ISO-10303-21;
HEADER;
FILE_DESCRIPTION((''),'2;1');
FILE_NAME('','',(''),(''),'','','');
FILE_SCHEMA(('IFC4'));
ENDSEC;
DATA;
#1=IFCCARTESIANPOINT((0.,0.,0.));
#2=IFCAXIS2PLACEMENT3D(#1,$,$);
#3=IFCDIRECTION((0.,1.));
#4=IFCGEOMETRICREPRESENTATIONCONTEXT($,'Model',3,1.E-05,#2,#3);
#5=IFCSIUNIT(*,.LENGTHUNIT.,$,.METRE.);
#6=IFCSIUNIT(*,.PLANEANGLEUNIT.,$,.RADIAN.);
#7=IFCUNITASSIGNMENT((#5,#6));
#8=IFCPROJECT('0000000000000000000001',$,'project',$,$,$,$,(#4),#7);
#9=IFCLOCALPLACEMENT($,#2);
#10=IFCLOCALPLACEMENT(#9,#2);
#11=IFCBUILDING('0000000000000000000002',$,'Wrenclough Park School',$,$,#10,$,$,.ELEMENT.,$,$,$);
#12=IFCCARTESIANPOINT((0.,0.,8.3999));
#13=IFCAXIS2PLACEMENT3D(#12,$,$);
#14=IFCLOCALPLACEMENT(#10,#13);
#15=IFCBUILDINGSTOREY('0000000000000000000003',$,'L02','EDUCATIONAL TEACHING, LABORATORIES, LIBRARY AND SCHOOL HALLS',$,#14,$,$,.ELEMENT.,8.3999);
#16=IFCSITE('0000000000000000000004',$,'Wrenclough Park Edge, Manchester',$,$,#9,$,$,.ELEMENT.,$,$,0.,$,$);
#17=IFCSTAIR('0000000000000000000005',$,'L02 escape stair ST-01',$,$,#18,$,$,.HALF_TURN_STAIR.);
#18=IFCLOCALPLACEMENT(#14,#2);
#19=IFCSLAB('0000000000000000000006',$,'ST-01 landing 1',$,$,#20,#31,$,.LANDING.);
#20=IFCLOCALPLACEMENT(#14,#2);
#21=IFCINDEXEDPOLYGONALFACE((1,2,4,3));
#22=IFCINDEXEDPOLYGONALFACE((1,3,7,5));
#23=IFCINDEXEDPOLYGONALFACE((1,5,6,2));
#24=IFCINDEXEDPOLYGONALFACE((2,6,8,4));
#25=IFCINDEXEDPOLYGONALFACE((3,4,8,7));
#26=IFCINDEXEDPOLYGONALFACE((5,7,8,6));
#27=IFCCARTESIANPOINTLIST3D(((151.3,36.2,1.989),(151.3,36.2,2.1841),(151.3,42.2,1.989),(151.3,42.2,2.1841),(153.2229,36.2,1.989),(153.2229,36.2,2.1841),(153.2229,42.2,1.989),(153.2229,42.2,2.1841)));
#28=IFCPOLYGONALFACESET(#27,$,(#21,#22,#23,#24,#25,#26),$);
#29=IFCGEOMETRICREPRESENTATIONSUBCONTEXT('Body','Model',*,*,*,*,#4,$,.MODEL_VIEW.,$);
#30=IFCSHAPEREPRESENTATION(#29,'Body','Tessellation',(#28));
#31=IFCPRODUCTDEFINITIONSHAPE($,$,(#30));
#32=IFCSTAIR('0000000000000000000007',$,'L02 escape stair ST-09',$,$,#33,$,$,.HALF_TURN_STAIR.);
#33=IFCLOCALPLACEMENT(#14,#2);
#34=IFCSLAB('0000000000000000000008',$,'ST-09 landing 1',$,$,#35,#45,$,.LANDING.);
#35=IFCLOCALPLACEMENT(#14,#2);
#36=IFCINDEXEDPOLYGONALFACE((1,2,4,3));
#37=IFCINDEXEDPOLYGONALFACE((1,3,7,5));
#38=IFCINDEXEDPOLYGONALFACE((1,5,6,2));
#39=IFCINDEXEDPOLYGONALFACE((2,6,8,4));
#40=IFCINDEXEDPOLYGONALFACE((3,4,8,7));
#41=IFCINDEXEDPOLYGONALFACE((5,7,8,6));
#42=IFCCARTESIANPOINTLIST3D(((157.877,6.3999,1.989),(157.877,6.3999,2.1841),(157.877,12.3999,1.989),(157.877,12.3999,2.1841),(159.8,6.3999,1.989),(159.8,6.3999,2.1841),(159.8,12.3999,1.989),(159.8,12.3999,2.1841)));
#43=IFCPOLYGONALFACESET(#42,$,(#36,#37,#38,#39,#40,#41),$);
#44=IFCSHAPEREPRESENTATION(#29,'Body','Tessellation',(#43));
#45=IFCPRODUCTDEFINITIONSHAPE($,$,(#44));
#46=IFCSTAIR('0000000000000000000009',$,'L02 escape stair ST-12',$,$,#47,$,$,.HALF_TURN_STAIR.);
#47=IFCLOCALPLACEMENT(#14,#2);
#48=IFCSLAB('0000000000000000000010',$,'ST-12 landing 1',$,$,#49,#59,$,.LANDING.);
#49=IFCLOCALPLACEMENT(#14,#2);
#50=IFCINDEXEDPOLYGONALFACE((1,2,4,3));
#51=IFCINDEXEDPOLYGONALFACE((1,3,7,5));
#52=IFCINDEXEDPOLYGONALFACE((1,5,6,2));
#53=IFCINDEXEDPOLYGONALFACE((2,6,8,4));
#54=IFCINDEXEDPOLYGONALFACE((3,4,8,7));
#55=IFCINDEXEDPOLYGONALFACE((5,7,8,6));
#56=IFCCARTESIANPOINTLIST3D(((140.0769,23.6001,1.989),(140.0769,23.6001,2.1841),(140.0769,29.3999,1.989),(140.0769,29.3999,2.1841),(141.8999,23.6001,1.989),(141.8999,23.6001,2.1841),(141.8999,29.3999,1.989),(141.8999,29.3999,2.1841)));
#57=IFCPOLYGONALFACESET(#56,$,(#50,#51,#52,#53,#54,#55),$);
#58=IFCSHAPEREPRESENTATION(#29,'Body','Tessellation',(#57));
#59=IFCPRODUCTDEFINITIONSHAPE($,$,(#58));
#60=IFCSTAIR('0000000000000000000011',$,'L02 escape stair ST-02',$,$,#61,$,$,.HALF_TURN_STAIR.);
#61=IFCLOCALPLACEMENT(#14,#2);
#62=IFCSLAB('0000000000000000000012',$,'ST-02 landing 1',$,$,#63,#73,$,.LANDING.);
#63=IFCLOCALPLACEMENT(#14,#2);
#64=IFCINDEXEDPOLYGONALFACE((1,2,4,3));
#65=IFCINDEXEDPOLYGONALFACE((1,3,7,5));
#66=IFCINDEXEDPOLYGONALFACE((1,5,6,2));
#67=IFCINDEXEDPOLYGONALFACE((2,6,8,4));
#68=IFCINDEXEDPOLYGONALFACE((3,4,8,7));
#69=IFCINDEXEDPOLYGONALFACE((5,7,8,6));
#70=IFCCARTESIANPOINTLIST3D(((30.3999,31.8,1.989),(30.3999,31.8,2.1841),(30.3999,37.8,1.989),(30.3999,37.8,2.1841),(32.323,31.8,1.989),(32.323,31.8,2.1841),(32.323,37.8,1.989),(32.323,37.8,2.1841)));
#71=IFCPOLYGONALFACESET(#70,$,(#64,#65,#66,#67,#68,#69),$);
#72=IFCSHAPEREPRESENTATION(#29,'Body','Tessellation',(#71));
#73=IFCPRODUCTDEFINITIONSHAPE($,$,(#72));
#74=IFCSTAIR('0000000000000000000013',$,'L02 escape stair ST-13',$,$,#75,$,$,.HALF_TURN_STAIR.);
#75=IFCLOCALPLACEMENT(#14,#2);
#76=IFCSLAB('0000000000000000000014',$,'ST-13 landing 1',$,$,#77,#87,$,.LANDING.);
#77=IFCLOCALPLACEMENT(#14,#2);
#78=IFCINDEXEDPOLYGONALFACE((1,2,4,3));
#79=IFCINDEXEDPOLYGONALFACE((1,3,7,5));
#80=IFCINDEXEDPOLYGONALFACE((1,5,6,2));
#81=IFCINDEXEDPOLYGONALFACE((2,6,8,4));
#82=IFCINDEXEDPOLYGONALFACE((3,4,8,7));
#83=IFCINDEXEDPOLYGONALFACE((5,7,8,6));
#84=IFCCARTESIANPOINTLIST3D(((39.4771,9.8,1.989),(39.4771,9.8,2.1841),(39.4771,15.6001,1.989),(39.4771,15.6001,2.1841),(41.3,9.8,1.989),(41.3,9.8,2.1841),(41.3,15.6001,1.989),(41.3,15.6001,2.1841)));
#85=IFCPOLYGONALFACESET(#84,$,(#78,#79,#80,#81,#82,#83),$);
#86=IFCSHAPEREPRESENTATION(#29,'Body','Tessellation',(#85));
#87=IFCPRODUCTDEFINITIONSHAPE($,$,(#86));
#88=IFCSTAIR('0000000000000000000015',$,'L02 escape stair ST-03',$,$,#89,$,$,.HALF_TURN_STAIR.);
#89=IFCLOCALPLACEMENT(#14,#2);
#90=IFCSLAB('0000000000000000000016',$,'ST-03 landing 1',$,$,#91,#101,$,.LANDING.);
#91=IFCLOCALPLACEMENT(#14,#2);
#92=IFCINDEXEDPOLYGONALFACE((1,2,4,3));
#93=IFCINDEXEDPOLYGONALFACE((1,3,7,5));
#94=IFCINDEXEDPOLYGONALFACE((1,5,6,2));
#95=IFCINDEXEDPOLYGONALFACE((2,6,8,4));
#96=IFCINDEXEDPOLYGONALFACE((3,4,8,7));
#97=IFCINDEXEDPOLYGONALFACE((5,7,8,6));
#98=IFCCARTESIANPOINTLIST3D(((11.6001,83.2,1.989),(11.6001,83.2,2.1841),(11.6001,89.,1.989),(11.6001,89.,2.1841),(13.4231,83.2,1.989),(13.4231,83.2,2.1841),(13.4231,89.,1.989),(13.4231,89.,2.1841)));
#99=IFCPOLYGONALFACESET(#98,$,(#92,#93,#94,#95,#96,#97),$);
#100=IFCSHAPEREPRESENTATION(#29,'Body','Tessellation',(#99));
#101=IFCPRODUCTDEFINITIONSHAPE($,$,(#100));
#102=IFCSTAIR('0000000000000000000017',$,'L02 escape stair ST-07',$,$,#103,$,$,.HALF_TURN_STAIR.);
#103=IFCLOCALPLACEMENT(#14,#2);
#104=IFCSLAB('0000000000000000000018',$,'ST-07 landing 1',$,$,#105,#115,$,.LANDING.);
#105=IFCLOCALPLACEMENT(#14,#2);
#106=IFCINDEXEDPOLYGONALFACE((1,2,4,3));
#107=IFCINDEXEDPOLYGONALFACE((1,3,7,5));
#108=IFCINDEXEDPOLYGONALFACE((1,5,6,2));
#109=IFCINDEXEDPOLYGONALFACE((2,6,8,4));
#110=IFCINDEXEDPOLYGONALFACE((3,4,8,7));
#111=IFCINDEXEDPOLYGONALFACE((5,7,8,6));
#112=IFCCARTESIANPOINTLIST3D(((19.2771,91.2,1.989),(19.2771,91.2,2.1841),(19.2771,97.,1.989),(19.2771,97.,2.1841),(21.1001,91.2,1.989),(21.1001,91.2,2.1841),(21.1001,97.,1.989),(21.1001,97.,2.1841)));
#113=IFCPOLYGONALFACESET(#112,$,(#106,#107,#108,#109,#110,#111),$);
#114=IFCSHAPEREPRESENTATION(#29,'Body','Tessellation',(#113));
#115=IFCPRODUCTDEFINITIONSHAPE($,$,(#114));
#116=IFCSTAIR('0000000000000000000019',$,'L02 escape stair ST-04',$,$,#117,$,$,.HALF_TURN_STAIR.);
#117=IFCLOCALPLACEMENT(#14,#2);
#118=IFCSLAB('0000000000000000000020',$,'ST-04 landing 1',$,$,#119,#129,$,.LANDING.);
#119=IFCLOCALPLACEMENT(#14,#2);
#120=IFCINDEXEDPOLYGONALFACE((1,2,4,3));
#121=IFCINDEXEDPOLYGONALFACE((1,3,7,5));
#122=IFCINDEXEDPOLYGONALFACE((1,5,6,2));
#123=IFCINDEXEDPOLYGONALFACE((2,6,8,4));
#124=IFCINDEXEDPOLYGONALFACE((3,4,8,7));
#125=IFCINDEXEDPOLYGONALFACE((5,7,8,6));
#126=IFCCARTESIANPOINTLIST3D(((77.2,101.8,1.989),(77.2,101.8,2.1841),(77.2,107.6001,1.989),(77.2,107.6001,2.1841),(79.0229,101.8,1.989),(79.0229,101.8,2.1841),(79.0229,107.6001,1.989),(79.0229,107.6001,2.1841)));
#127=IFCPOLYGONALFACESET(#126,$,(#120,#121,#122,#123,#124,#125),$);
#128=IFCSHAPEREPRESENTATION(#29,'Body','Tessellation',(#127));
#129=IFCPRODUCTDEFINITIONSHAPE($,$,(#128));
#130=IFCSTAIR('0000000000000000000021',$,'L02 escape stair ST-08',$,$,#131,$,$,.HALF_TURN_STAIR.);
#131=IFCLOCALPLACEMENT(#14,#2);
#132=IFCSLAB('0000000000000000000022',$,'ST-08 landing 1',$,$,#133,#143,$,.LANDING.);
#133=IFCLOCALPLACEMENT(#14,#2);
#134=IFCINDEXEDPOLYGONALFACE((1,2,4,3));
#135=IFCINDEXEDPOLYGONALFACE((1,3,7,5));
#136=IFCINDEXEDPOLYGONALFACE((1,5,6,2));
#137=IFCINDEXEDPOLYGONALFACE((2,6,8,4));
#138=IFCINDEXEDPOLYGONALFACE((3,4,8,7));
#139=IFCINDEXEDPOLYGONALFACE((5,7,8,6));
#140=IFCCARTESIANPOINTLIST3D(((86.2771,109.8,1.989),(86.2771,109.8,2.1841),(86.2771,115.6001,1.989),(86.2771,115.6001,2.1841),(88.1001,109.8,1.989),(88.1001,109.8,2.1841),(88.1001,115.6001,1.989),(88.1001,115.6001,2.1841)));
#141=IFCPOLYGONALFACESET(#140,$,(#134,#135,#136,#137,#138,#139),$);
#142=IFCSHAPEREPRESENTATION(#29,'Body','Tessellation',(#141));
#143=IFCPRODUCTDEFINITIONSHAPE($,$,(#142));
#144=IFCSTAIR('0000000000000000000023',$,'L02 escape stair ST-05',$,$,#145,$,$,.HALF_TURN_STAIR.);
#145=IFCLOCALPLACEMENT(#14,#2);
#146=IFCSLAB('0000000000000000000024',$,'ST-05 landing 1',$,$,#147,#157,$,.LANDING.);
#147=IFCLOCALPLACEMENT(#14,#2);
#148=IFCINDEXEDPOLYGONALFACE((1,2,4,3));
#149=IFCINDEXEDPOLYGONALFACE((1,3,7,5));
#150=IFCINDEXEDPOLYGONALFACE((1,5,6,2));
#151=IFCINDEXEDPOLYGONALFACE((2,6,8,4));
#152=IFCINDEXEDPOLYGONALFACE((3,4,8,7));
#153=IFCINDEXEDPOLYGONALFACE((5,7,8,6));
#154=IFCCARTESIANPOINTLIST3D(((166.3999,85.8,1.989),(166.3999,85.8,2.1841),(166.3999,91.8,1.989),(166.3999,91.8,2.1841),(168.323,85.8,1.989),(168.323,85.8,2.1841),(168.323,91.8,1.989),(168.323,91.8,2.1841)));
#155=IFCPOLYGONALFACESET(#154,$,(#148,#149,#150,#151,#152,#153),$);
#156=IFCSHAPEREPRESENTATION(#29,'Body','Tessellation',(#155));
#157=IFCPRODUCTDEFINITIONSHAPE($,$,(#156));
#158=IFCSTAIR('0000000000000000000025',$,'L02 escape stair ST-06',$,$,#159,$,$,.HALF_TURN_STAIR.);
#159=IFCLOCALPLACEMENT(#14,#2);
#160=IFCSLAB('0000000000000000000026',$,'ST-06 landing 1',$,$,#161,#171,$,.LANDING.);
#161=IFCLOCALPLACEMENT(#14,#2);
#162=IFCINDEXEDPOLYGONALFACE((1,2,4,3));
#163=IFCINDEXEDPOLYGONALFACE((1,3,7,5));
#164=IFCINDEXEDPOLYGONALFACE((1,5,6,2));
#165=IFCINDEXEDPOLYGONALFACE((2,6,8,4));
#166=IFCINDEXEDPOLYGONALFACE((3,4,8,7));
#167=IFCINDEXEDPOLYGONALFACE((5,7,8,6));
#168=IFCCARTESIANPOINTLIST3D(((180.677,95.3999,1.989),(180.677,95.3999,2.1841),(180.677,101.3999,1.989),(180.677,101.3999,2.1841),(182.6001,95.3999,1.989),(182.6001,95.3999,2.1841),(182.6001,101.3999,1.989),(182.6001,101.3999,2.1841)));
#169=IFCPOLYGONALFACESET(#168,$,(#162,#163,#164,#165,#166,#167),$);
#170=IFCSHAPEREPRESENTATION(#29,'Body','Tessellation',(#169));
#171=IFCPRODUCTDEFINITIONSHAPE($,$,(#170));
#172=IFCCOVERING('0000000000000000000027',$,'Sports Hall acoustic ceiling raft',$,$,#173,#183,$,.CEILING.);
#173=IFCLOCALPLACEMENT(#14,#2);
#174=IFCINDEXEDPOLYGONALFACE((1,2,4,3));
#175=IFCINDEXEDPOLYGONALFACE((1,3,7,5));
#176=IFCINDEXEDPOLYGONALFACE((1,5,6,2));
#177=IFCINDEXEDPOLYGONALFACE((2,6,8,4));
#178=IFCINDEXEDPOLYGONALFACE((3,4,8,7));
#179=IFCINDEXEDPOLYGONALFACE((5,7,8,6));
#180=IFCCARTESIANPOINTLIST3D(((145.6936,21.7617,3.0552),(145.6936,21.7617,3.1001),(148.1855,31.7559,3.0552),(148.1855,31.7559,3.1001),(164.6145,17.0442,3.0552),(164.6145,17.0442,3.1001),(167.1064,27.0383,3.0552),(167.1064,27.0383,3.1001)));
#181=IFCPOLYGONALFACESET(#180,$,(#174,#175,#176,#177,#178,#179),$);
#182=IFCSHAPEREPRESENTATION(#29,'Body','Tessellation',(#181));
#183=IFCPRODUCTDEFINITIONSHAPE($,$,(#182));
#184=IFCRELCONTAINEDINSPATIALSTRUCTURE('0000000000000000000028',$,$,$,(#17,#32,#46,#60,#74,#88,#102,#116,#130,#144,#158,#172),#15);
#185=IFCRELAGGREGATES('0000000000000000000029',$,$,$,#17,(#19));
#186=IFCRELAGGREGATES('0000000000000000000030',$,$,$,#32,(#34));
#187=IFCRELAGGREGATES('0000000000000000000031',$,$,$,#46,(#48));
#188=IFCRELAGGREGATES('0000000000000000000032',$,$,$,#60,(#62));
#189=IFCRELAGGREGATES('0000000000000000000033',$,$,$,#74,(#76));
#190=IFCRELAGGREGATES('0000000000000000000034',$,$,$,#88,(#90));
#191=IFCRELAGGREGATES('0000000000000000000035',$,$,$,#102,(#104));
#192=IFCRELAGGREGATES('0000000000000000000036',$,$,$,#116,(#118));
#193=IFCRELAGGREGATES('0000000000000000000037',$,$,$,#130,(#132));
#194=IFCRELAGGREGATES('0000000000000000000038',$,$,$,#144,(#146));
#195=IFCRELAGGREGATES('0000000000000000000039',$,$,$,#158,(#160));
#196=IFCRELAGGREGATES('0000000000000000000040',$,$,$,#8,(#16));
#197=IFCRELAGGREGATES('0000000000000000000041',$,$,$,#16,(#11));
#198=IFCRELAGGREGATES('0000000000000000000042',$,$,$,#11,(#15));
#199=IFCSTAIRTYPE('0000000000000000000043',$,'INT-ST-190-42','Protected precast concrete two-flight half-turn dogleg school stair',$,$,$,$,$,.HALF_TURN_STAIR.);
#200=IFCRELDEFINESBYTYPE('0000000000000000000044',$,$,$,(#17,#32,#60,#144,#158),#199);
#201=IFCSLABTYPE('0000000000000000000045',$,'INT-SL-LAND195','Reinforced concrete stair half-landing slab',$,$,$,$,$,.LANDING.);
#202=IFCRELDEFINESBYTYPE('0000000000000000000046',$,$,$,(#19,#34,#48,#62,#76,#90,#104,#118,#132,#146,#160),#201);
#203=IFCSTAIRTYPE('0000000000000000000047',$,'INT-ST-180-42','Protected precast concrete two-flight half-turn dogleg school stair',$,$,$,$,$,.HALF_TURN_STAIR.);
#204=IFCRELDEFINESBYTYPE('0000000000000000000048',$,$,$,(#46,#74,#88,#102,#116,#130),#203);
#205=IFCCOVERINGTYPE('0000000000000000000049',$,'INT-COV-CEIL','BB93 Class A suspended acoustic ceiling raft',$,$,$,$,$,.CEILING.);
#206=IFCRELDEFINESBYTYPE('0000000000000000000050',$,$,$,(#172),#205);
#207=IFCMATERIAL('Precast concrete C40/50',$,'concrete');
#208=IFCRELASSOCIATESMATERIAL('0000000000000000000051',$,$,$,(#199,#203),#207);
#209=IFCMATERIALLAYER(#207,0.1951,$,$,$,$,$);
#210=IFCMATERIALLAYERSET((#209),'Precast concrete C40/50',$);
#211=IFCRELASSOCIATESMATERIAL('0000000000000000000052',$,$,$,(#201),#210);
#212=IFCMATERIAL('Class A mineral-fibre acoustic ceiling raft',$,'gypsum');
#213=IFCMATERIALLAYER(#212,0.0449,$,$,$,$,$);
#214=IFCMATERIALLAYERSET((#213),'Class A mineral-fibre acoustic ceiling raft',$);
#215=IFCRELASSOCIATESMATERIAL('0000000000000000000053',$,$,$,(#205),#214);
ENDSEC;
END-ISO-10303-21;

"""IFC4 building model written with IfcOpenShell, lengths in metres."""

from ifc_helpers import new_model, si_unit, direction, frame, origin, place, context, subcontext, project, spatial, polyline, outline, extrude, material, layer, layer_set, type_object, element, aggregate, save


model = new_model("IFC4")

# Units and contexts
model_context = context("Model", 3, precision=1e-05, world=origin(), true_north=direction((0.0, 1.0)))
body_context = subcontext(model_context, "Body", "Model", "MODEL_VIEW")
ifc_project = project(units=[si_unit("LENGTHUNIT", "METRE"), si_unit("PLANEANGLEUNIT", "RADIAN")], contexts=[model_context])

# Site, building, storey
site_placement = place(None, origin())
site = spatial("IfcSite", under=ifc_project, at=site_placement, Name="Wrenclough Park Edge, Manchester", CompositionType="ELEMENT", RefElevation=0.0)
building_placement = place(site_placement, origin())
building = spatial("IfcBuilding", under=site, at=building_placement, Name="Wrenclough Park School", CompositionType="ELEMENT")
storey_placement = place(building_placement, frame((0.0, 0.0, 8.3999)))
storey = spatial("IfcBuildingStorey", under=building, at=storey_placement, Name="L02", Description="EDUCATIONAL TEACHING, LABORATORIES, LIBRARY AND SCHOOL HALLS", CompositionType="ELEMENT", Elevation=8.3999)

# Stairs, slabs
ifc_material_1 = material(Name="Precast concrete C40/50", Category="concrete")
stair_type_1 = type_object("IfcStairType", Name="INT-ST-190-42", Description="Protected precast concrete two-flight half-turn dogleg school stair", PredefinedType="HALF_TURN_STAIR", material=ifc_material_1)
stair_1_placement = place(storey_placement, origin())
stair_1 = element("IfcStair", 1, at=stair_1_placement, inside=storey, type_object=stair_type_1, Name="L02 escape stair ST-01", PredefinedType="HALF_TURN_STAIR")
ifc_layer_1 = layer(ifc_material_1, 0.1951)
ifc_layer_set_1 = layer_set([ifc_layer_1], Name="Precast concrete C40/50")
slab_type = type_object("IfcSlabType", Name="INT-SL-LAND195", Description="Reinforced concrete stair half-landing slab", PredefinedType="LANDING", material=ifc_layer_set_1)
slab_1_placement = place(storey_placement, frame((0.0, 0.0, 1.989)))
slab_1 = element("IfcSlab", 2, at=slab_1_placement, type_object=slab_type, Name="ST-01 landing 1", PredefinedType="LANDING", context=body_context, shape_type="SweptSolid", body=[
    extrude(outline(polyline([(151.3, 36.2), (153.2229, 36.2), (153.2229, 42.2), (151.3, 42.2), (151.3, 36.2)])), origin(), (0.0, 0.0, 1.0), 0.1951),
])
aggregate(stair_1, [slab_1])
stair_2_placement = place(storey_placement, origin())
stair_2 = element("IfcStair", 3, at=stair_2_placement, inside=storey, type_object=stair_type_1, Name="L02 escape stair ST-09", PredefinedType="HALF_TURN_STAIR")
slab_2_placement = place(storey_placement, frame((0.0, 0.0, 1.989)))
slab_2 = element("IfcSlab", 4, at=slab_2_placement, type_object=slab_type, Name="ST-09 landing 1", PredefinedType="LANDING", context=body_context, shape_type="SweptSolid", body=[
    extrude(outline(polyline([(157.877, 6.3999), (159.8, 6.3999), (159.8, 12.3999), (157.877, 12.3999), (157.877, 6.3999)])), origin(), (0.0, 0.0, 1.0), 0.1951),
])
aggregate(stair_2, [slab_2])
stair_type_2 = type_object("IfcStairType", Name="INT-ST-180-42", Description="Protected precast concrete two-flight half-turn dogleg school stair", PredefinedType="HALF_TURN_STAIR", material=ifc_material_1)
stair_3_placement = place(storey_placement, origin())
stair_3 = element("IfcStair", 5, at=stair_3_placement, inside=storey, type_object=stair_type_2, Name="L02 escape stair ST-12", PredefinedType="HALF_TURN_STAIR")
slab_3_placement = place(storey_placement, frame((0.0, 0.0, 1.989)))
slab_3 = element("IfcSlab", 6, at=slab_3_placement, type_object=slab_type, Name="ST-12 landing 1", PredefinedType="LANDING", context=body_context, shape_type="SweptSolid", body=[
    extrude(outline(polyline([(140.0769, 23.6001), (141.8999, 23.6001), (141.8999, 29.3999), (140.0769, 29.3999), (140.0769, 23.6001)])), origin(), (0.0, 0.0, 1.0), 0.1951),
])
aggregate(stair_3, [slab_3])
stair_4_placement = place(storey_placement, origin())
stair_4 = element("IfcStair", 7, at=stair_4_placement, inside=storey, type_object=stair_type_1, Name="L02 escape stair ST-02", PredefinedType="HALF_TURN_STAIR")
slab_4_placement = place(storey_placement, frame((0.0, 0.0, 1.989)))
slab_4 = element("IfcSlab", 8, at=slab_4_placement, type_object=slab_type, Name="ST-02 landing 1", PredefinedType="LANDING", context=body_context, shape_type="SweptSolid", body=[
    extrude(outline(polyline([(30.3999, 31.8), (32.323, 31.8), (32.323, 37.8), (30.3999, 37.8), (30.3999, 31.8)])), origin(), (0.0, 0.0, 1.0), 0.1951),
])
aggregate(stair_4, [slab_4])
stair_5_placement = place(storey_placement, origin())
stair_5 = element("IfcStair", 9, at=stair_5_placement, inside=storey, type_object=stair_type_2, Name="L02 escape stair ST-13", PredefinedType="HALF_TURN_STAIR")
slab_5_placement = place(storey_placement, frame((0.0, 0.0, 1.989)))
slab_5 = element("IfcSlab", 10, at=slab_5_placement, type_object=slab_type, Name="ST-13 landing 1", PredefinedType="LANDING", context=body_context, shape_type="SweptSolid", body=[
    extrude(outline(polyline([(39.4771, 9.8), (41.3, 9.8), (41.3, 15.6001), (39.4771, 15.6001), (39.4771, 9.8)])), origin(), (0.0, 0.0, 1.0), 0.1951),
])
aggregate(stair_5, [slab_5])
stair_6_placement = place(storey_placement, origin())
stair_6 = element("IfcStair", 11, at=stair_6_placement, inside=storey, type_object=stair_type_2, Name="L02 escape stair ST-03", PredefinedType="HALF_TURN_STAIR")
slab_6_placement = place(storey_placement, frame((0.0, 0.0, 1.989)))
slab_6 = element("IfcSlab", 12, at=slab_6_placement, type_object=slab_type, Name="ST-03 landing 1", PredefinedType="LANDING", context=body_context, shape_type="SweptSolid", body=[
    extrude(outline(polyline([(11.6001, 83.2), (13.4231, 83.2), (13.4231, 89.0), (11.6001, 89.0), (11.6001, 83.2)])), origin(), (0.0, 0.0, 1.0), 0.1951),
])
aggregate(stair_6, [slab_6])
stair_7_placement = place(storey_placement, origin())
stair_7 = element("IfcStair", 13, at=stair_7_placement, inside=storey, type_object=stair_type_2, Name="L02 escape stair ST-07", PredefinedType="HALF_TURN_STAIR")
slab_7_placement = place(storey_placement, frame((0.0, 0.0, 1.989)))
slab_7 = element("IfcSlab", 14, at=slab_7_placement, type_object=slab_type, Name="ST-07 landing 1", PredefinedType="LANDING", context=body_context, shape_type="SweptSolid", body=[
    extrude(outline(polyline([(19.2771, 91.2), (21.1001, 91.2), (21.1001, 97.0), (19.2771, 97.0), (19.2771, 91.2)])), origin(), (0.0, 0.0, 1.0), 0.1951),
])
aggregate(stair_7, [slab_7])
stair_8_placement = place(storey_placement, origin())
stair_8 = element("IfcStair", 15, at=stair_8_placement, inside=storey, type_object=stair_type_2, Name="L02 escape stair ST-04", PredefinedType="HALF_TURN_STAIR")
slab_8_placement = place(storey_placement, frame((0.0, 0.0, 1.989)))
slab_8 = element("IfcSlab", 16, at=slab_8_placement, type_object=slab_type, Name="ST-04 landing 1", PredefinedType="LANDING", context=body_context, shape_type="SweptSolid", body=[
    extrude(outline(polyline([(77.2, 101.8), (79.0229, 101.8), (79.0229, 107.6001), (77.2, 107.6001), (77.2, 101.8)])), origin(), (0.0, 0.0, 1.0), 0.1951),
])
aggregate(stair_8, [slab_8])
stair_9_placement = place(storey_placement, origin())
stair_9 = element("IfcStair", 17, at=stair_9_placement, inside=storey, type_object=stair_type_2, Name="L02 escape stair ST-08", PredefinedType="HALF_TURN_STAIR")
slab_9_placement = place(storey_placement, frame((0.0, 0.0, 1.989)))
slab_9 = element("IfcSlab", 18, at=slab_9_placement, type_object=slab_type, Name="ST-08 landing 1", PredefinedType="LANDING", context=body_context, shape_type="SweptSolid", body=[
    extrude(outline(polyline([(86.2771, 109.8), (88.1001, 109.8), (88.1001, 115.6001), (86.2771, 115.6001), (86.2771, 109.8)])), origin(), (0.0, 0.0, 1.0), 0.1951),
])
aggregate(stair_9, [slab_9])
stair_10_placement = place(storey_placement, origin())
stair_10 = element("IfcStair", 19, at=stair_10_placement, inside=storey, type_object=stair_type_1, Name="L02 escape stair ST-05", PredefinedType="HALF_TURN_STAIR")
slab_10_placement = place(storey_placement, frame((0.0, 0.0, 1.989)))
slab_10 = element("IfcSlab", 20, at=slab_10_placement, type_object=slab_type, Name="ST-05 landing 1", PredefinedType="LANDING", context=body_context, shape_type="SweptSolid", body=[
    extrude(outline(polyline([(166.3999, 85.8), (168.323, 85.8), (168.323, 91.8), (166.3999, 91.8), (166.3999, 85.8)])), origin(), (0.0, 0.0, 1.0), 0.1951),
])
aggregate(stair_10, [slab_10])
stair_11_placement = place(storey_placement, origin())
stair_11 = element("IfcStair", 21, at=stair_11_placement, inside=storey, type_object=stair_type_1, Name="L02 escape stair ST-06", PredefinedType="HALF_TURN_STAIR")
slab_11_placement = place(storey_placement, frame((0.0, 0.0, 1.989)))
slab_11 = element("IfcSlab", 22, at=slab_11_placement, type_object=slab_type, Name="ST-06 landing 1", PredefinedType="LANDING", context=body_context, shape_type="SweptSolid", body=[
    extrude(outline(polyline([(180.677, 95.3999), (182.6001, 95.3999), (182.6001, 101.3999), (180.677, 101.3999), (180.677, 95.3999)])), origin(), (0.0, 0.0, 1.0), 0.1951),
])
aggregate(stair_11, [slab_11])

# Covering
ifc_material_2 = material(Name="Class A mineral-fibre acoustic ceiling raft", Category="gypsum")
ifc_layer_2 = layer(ifc_material_2, 0.0449)
ifc_layer_set_2 = layer_set([ifc_layer_2], Name="Class A mineral-fibre acoustic ceiling raft")
covering_type_1 = type_object("IfcCoveringType", Name="INT-COV-CEIL", Description="BB93 Class A suspended acoustic ceiling raft", PredefinedType="CEILING", material=ifc_layer_set_2)
covering_1_placement = place(storey_placement, frame((0.0, 0.0, 3.0552)))
element("IfcCovering", 23, at=covering_1_placement, inside=storey, type_object=covering_type_1, Name="Sports Hall acoustic ceiling raft", PredefinedType="CEILING", context=body_context, shape_type="SweptSolid", body=[
    extrude(outline(polyline([(164.6145, 17.0442), (167.1064, 27.0383), (148.1855, 31.7559), (145.6936, 21.7617), (164.6145, 17.0442)])), origin(), (0.0, 0.0, 1.0), 0.0449),
])

save(model, "model.ifc")
